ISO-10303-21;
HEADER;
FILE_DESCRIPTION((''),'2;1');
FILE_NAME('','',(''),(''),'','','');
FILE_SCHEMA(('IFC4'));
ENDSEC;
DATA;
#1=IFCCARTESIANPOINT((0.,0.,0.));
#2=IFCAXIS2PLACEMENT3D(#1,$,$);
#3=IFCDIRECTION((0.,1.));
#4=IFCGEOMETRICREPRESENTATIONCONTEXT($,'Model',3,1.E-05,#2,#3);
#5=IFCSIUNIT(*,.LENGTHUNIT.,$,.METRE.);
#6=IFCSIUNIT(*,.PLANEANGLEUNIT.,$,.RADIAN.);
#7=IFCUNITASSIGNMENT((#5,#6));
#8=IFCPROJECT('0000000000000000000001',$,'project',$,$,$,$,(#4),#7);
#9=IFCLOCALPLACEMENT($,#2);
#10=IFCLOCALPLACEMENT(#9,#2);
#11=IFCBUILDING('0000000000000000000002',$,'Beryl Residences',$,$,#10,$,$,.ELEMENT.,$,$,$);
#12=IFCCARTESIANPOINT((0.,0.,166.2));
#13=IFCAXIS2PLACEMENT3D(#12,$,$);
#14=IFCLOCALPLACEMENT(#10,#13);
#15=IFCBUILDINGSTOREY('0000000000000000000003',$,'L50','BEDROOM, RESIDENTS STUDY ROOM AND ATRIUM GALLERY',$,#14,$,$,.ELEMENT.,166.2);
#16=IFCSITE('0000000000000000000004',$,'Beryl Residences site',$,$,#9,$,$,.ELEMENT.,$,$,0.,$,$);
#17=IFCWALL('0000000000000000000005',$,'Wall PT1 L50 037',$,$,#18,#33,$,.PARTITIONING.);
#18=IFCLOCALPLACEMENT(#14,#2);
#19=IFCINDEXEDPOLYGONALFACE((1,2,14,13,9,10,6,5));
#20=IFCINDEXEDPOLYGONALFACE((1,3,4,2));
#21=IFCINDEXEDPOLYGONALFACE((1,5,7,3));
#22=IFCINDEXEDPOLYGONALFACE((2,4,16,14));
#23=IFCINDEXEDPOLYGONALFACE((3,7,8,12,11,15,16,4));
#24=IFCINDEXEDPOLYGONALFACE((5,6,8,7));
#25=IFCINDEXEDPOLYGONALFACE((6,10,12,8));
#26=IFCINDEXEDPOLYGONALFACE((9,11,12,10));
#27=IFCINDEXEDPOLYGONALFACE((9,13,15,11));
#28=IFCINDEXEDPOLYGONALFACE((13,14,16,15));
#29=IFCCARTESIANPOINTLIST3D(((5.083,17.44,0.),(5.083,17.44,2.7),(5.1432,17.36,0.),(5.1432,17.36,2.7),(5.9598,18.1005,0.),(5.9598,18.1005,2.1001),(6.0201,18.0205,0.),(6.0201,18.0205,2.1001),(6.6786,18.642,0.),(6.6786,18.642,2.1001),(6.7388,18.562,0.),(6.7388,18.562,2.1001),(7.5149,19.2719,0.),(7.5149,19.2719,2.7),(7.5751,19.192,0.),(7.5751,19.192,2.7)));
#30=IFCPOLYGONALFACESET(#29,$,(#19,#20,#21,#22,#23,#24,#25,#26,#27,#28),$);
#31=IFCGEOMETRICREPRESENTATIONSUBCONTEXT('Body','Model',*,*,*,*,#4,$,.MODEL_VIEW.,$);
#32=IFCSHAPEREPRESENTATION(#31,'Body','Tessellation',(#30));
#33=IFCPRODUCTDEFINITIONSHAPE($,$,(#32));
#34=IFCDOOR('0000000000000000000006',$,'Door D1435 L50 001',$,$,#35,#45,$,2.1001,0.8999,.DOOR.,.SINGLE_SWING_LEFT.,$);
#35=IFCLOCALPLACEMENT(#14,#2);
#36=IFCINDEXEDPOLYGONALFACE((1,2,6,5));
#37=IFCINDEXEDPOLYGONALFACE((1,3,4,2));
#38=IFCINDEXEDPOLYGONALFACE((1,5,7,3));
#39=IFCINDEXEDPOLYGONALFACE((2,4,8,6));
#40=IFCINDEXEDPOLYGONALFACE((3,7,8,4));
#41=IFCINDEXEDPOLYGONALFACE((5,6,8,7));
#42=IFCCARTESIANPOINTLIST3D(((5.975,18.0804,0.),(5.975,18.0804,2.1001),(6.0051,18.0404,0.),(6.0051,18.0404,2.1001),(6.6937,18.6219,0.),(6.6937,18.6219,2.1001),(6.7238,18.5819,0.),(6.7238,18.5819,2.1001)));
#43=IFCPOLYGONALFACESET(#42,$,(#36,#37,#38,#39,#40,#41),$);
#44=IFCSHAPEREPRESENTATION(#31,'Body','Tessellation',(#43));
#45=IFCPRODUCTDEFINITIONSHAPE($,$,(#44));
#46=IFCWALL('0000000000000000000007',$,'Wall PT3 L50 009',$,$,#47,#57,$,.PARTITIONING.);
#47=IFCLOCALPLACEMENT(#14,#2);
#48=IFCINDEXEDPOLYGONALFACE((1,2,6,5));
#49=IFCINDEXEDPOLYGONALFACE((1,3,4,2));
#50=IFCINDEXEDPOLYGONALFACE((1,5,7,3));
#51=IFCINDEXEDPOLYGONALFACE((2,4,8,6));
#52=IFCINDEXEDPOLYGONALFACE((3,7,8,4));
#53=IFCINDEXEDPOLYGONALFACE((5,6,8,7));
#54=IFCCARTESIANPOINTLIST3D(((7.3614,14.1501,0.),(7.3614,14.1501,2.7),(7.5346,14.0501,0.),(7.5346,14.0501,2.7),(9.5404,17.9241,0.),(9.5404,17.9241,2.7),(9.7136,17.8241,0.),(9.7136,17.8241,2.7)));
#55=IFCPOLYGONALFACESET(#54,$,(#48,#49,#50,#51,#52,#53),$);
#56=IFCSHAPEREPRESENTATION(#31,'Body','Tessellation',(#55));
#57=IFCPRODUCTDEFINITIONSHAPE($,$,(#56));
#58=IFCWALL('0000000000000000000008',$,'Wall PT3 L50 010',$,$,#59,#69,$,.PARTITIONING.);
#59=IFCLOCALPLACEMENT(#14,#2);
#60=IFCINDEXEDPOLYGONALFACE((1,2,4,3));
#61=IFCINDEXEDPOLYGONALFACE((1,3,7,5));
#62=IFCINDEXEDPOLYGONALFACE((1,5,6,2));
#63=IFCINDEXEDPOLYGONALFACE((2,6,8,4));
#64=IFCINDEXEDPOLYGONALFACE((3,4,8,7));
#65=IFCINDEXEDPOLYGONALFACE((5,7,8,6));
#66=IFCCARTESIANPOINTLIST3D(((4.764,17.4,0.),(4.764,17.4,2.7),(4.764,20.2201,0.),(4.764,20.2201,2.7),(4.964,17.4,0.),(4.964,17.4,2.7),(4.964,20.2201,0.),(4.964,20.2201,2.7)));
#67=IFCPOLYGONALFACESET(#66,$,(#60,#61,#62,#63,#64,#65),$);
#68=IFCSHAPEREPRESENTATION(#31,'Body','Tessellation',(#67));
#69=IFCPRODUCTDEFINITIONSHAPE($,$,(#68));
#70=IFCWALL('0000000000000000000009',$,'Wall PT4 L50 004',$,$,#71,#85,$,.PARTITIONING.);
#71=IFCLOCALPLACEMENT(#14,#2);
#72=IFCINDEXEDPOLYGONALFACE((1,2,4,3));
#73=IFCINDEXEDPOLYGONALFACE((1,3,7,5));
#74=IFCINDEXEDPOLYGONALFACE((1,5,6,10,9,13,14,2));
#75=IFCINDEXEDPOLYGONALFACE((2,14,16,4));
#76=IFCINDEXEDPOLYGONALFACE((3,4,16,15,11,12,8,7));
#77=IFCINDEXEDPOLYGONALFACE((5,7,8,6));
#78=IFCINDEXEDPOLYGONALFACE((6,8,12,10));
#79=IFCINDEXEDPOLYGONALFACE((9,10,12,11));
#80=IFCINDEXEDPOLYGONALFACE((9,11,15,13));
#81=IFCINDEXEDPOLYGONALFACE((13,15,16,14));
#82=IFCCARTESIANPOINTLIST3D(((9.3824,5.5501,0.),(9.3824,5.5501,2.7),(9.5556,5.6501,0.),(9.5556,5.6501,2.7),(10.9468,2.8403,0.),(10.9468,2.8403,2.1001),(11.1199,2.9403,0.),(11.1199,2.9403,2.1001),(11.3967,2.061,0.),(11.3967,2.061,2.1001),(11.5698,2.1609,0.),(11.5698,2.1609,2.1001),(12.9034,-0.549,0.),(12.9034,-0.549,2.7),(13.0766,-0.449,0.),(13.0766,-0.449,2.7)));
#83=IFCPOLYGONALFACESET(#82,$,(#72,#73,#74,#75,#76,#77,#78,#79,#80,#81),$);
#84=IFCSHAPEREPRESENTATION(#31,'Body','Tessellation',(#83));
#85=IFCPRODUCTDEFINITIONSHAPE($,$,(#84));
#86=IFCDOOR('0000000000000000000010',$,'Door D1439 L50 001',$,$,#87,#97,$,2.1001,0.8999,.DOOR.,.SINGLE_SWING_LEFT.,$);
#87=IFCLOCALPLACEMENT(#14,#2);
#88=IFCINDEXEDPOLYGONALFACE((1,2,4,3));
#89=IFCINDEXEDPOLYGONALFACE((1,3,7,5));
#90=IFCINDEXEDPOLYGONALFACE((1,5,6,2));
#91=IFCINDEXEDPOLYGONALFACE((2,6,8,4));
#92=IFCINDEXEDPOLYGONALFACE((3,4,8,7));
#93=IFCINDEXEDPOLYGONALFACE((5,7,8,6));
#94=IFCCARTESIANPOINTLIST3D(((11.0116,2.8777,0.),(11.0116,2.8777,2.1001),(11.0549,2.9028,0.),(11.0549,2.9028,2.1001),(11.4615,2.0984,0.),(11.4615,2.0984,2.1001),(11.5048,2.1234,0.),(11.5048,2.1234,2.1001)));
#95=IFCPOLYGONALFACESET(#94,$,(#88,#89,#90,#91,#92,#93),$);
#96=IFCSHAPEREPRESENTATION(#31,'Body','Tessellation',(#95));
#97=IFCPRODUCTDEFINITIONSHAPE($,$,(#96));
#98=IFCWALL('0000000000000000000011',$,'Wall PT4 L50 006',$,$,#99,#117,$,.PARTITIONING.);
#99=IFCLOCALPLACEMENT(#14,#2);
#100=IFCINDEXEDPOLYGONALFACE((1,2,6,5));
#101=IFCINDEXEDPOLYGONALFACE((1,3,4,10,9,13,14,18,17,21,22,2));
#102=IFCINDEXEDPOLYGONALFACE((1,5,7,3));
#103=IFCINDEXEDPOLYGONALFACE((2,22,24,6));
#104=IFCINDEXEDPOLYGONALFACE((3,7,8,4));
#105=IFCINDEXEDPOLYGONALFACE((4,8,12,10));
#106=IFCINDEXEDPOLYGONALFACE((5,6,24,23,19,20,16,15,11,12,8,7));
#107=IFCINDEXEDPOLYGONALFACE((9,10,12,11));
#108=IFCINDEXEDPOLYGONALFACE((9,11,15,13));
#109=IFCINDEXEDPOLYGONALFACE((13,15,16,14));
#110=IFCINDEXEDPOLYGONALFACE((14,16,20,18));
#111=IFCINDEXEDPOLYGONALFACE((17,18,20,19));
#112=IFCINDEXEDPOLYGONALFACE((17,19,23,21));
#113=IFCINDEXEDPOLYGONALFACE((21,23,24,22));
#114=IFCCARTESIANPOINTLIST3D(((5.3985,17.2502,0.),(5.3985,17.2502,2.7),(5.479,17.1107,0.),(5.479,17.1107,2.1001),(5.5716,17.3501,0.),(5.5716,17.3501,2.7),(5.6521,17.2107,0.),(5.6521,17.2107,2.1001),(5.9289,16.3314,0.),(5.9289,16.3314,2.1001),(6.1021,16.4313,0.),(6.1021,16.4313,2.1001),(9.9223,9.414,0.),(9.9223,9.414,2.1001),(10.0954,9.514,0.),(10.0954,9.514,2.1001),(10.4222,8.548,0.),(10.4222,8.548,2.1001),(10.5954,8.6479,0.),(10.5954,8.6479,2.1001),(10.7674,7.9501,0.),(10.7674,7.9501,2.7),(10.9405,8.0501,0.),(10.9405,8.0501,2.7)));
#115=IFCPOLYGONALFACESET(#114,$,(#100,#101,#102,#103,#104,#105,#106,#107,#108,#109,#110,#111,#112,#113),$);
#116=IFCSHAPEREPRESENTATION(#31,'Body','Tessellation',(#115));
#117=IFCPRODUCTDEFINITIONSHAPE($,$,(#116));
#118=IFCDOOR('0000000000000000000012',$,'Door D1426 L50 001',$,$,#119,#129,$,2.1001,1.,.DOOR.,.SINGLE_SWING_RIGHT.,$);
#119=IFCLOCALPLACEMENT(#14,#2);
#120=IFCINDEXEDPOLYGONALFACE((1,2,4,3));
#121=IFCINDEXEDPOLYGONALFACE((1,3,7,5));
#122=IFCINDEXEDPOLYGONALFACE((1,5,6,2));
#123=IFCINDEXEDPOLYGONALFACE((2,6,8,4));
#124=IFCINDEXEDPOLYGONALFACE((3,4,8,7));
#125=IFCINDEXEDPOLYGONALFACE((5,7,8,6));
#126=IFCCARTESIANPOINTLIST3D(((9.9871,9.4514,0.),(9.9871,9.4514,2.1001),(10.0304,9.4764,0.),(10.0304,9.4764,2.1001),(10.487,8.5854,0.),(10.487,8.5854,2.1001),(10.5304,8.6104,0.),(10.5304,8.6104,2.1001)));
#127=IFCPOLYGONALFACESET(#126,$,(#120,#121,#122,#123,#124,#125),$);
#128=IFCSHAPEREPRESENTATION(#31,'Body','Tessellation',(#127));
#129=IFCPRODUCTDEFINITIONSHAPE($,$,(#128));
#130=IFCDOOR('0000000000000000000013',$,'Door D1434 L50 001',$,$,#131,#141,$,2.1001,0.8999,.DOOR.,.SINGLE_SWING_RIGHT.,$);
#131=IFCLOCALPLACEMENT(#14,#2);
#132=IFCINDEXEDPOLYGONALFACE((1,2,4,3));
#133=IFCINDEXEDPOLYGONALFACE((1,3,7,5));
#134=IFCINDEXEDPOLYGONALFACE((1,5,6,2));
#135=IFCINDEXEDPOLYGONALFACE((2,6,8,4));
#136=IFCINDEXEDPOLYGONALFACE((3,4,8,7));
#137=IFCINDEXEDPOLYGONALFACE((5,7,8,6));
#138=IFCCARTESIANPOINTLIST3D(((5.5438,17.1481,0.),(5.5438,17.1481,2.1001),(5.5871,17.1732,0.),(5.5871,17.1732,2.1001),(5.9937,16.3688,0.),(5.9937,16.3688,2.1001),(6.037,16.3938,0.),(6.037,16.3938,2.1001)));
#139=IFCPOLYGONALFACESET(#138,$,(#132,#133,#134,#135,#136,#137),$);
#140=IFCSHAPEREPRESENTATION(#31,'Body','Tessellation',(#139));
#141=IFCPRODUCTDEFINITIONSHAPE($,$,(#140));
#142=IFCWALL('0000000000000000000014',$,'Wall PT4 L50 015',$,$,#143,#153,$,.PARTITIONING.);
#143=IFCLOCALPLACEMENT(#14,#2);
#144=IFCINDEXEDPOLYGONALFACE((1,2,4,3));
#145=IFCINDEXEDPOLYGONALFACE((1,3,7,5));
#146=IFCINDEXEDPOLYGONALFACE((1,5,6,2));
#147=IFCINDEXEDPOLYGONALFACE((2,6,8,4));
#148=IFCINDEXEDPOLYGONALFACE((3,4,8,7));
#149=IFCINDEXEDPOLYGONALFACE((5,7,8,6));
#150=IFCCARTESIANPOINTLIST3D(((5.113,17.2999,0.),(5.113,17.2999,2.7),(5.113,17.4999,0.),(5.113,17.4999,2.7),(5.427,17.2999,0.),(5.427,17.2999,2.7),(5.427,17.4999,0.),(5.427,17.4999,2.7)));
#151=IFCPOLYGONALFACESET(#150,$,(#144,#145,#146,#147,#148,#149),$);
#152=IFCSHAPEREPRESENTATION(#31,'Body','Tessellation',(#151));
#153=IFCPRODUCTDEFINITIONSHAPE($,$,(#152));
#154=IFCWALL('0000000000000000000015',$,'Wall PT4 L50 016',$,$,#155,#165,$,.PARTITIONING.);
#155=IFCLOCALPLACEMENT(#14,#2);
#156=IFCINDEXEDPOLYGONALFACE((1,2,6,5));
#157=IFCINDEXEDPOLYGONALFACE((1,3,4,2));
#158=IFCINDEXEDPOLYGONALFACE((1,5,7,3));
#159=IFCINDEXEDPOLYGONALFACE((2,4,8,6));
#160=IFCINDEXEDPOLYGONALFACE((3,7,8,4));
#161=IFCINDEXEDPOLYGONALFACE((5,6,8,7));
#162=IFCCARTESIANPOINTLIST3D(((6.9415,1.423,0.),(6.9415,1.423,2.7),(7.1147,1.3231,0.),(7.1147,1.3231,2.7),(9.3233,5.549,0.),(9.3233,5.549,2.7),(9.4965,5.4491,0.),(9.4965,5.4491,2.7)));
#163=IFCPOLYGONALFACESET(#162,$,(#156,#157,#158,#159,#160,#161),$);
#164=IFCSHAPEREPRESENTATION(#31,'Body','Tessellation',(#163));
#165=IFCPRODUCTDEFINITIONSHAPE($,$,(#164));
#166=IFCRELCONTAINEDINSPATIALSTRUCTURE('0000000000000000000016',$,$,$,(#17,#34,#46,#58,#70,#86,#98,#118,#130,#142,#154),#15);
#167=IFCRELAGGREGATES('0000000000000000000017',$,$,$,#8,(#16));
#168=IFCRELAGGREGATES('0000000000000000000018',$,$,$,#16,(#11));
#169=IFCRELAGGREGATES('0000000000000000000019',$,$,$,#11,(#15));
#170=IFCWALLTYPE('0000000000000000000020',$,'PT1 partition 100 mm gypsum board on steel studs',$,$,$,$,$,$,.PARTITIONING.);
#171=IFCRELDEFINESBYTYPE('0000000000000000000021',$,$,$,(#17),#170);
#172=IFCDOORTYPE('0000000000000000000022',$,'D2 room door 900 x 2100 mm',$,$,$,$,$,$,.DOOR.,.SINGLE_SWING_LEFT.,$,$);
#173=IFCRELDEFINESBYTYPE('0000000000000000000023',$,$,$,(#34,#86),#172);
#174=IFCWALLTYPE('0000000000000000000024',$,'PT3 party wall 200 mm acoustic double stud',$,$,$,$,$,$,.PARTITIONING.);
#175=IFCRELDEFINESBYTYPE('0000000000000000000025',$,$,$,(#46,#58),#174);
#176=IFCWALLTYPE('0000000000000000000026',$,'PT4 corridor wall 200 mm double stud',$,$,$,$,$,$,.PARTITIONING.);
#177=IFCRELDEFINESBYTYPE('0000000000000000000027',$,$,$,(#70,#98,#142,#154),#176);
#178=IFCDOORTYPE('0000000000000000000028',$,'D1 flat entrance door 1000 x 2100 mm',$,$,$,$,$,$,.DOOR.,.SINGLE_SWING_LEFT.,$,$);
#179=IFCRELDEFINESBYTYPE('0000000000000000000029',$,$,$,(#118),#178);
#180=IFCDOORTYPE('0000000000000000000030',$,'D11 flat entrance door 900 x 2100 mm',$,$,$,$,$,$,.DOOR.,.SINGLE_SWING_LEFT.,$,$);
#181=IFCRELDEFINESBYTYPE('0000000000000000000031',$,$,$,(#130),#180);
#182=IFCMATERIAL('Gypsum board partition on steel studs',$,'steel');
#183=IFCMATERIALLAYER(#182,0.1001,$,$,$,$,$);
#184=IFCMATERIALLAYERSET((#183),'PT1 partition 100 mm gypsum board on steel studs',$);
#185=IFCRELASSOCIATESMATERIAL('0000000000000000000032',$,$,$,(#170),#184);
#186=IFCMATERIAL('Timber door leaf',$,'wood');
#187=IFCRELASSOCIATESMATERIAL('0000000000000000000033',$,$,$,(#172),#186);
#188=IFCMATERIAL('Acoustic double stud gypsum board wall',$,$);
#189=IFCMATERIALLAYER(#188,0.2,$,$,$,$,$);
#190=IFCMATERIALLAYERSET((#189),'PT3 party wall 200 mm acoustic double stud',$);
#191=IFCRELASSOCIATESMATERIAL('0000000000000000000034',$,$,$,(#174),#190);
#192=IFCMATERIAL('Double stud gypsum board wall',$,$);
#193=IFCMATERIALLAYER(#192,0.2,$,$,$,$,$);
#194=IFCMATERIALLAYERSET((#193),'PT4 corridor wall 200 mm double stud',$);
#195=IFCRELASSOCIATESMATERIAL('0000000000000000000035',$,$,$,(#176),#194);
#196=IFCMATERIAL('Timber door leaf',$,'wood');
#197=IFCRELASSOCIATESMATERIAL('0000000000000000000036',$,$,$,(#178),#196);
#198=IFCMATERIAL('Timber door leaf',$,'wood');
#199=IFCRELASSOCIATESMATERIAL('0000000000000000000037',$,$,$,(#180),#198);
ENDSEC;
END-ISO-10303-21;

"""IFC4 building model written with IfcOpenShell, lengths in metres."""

from ifc_helpers import new_model, si_unit, direction, frame, frame_2d, origin, place, context, subcontext, project, spatial, rectangle, extrude, material, layer, layer_set, type_object, element, fill, save


model = new_model("IFC4")

# Units and contexts
model_context = context("Model", 3, precision=1e-05, world=origin(), true_north=direction((0.0, 1.0)))
body_context = subcontext(model_context, "Body", "Model", "MODEL_VIEW")
ifc_project = project(units=[si_unit("LENGTHUNIT", "METRE"), si_unit("PLANEANGLEUNIT", "RADIAN")], contexts=[model_context])

# Site, building, storey
site_placement = place(None, origin())
site = spatial("IfcSite", under=ifc_project, at=site_placement, Name="Beryl Residences site", CompositionType="ELEMENT", RefElevation=0.0)
building_placement = place(site_placement, origin())
building = spatial("IfcBuilding", under=site, at=building_placement, Name="Beryl Residences", CompositionType="ELEMENT")
storey_placement = place(building_placement, frame((0.0, 0.0, 166.2)))
storey = spatial("IfcBuildingStorey", under=building, at=storey_placement, Name="L50", Description="BEDROOM, RESIDENTS STUDY ROOM AND ATRIUM GALLERY", CompositionType="ELEMENT", Elevation=166.2)

# Wall, opening, door
ifc_material_1 = material(Name="Gypsum board partition on steel studs", Category="steel")
ifc_layer_1 = layer(ifc_material_1, 0.1001)
ifc_layer_set_1 = layer_set([ifc_layer_1], Name="PT1 partition 100 mm gypsum board on steel studs")
wall_type_1 = type_object("IfcWallType", Name="PT1 partition 100 mm gypsum board on steel studs", PredefinedType="PARTITIONING", material=ifc_layer_set_1)
ifc_material_2 = material(Name="Timber door leaf", Category="wood")
door_type_1 = type_object("IfcDoorType", Name="D2 room door 900 x 2100 mm", OperationType="SINGLE_SWING_LEFT", PredefinedType="DOOR", material=ifc_material_2)
wall_1_placement = place(storey_placement, frame((5.113, 17.3999, 0.0), z_axis=(0.0, 0.0, 1.0), x_axis=(0.798718, 0.601705, 0.0)))
wall_1 = element("IfcWall", 1, at=wall_1_placement, inside=storey, type_object=wall_type_1, Name="Wall PT1 L50 037", PredefinedType="PARTITIONING", context=body_context, shape_type="SweptSolid", body=[
    extrude(rectangle(XDim=3.0447, YDim=0.1001, at=frame_2d((1.5225, 0.0))), origin(), (0.0, 0.0, 1.0), 2.7),
])
opening_1_placement = place(wall_1_placement, frame((1.0979, 0.0, 0.0)))
opening_1 = element("IfcOpeningElement", 2, at=opening_1_placement, cuts=wall_1, PredefinedType="OPENING", context=body_context, shape_type="SweptSolid", body=[
    extrude(rectangle(XDim=0.8999, YDim=2.1001, at=frame_2d((0.45, 1.05))), frame((0.0, 0.0601, 0.0), z_axis=(0.0, -1.0, 0.0), x_axis=(1.0, 0.0, 0.0)), (0.0, 0.0, 1.0), 0.1201),
])
door_1_placement = place(opening_1_placement, origin())
door_1 = element("IfcDoor", 3, at=door_1_placement, inside=storey, type_object=door_type_1, Name="Door D1435 L50 001", OperationType="SINGLE_SWING_LEFT", OverallHeight=2.1001, OverallWidth=0.8999, PredefinedType="DOOR", context=body_context, shape_type="SweptSolid", body=[
    extrude(rectangle(XDim=0.8999, YDim=2.1001, at=frame_2d((0.45, 1.05))), frame((0.0, 0.0249, 0.0), z_axis=(0.0, -1.0, 0.0), x_axis=(1.0, 0.0, 0.0)), (0.0, 0.0, 1.0), 0.05),
])
fill(opening_1, door_1)

# Walls
ifc_material_3 = material(Name="Acoustic double stud gypsum board wall")
ifc_layer_2 = layer(ifc_material_3, 0.2)
ifc_layer_set_2 = layer_set([ifc_layer_2], Name="PT3 party wall 200 mm acoustic double stud")
wall_type_2 = type_object("IfcWallType", Name="PT3 party wall 200 mm acoustic double stud", PredefinedType="PARTITIONING", material=ifc_layer_set_2)
wall_2_placement = place(storey_placement, frame((7.448, 14.1001, 0.0), z_axis=(0.0, 0.0, 1.0), x_axis=(0.500013, 0.866018, 0.0)))
element("IfcWall", 4, at=wall_2_placement, inside=storey, type_object=wall_type_2, Name="Wall PT3 L50 009", PredefinedType="PARTITIONING", context=body_context, shape_type="SweptSolid", body=[
    extrude(rectangle(XDim=4.3579, YDim=0.2, at=frame_2d((2.179, 0.0))), origin(), (0.0, 0.0, 1.0), 2.7),
])
wall_3_placement = place(storey_placement, frame((4.864, 17.3999, 0.0), z_axis=(0.0, 0.0, 1.0), x_axis=(0.0, 1.0, 0.0)))
element("IfcWall", 5, at=wall_3_placement, inside=storey, type_object=wall_type_2, Name="Wall PT3 L50 010", PredefinedType="PARTITIONING", context=body_context, shape_type="SweptSolid", body=[
    extrude(rectangle(XDim=2.8201, YDim=0.2, at=frame_2d((1.4102, 0.0))), origin(), (0.0, 0.0, 1.0), 2.7),
])

# Wall, opening, door
ifc_material_4 = material(Name="Double stud gypsum board wall")
ifc_layer_3 = layer(ifc_material_4, 0.2)
ifc_layer_set_3 = layer_set([ifc_layer_3], Name="PT4 corridor wall 200 mm double stud")
wall_type_3 = type_object("IfcWallType", Name="PT4 corridor wall 200 mm double stud", PredefinedType="PARTITIONING", material=ifc_layer_set_3)
wall_4_placement = place(storey_placement, frame((9.469, 5.6001, 0.0), z_axis=(0.0, 0.0, 1.0), x_axis=(0.499965, -0.866046, 0.0)))
wall_4 = element("IfcWall", 6, at=wall_4_placement, inside=storey, type_object=wall_type_3, Name="Wall PT4 L50 004", PredefinedType="PARTITIONING", context=body_context, shape_type="SweptSolid", body=[
    extrude(rectangle(XDim=7.0425, YDim=0.2, at=frame_2d((3.5212, 0.0))), origin(), (0.0, 0.0, 1.0), 2.7),
])
opening_2_placement = place(wall_4_placement, frame((3.1289, 0.0, 0.0)))
opening_2 = element("IfcOpeningElement", 7, at=opening_2_placement, cuts=wall_4, PredefinedType="OPENING", context=body_context, shape_type="SweptSolid", body=[
    extrude(rectangle(XDim=0.8999, YDim=2.1001, at=frame_2d((0.45, 1.05))), frame((0.0, 0.1099, 0.0), z_axis=(0.0, -1.0, 0.0), x_axis=(1.0, 0.0, 0.0)), (0.0, 0.0, 1.0), 0.22),
])
door_2_placement = place(opening_2_placement, origin())
door_2 = element("IfcDoor", 8, at=door_2_placement, inside=storey, type_object=door_type_1, Name="Door D1439 L50 001", OperationType="SINGLE_SWING_LEFT", OverallHeight=2.1001, OverallWidth=0.8999, PredefinedType="DOOR", context=body_context, shape_type="SweptSolid", body=[
    extrude(rectangle(XDim=0.8999, YDim=2.1001, at=frame_2d((0.45, 1.05))), frame((0.0, 0.0249, 0.0), z_axis=(0.0, -1.0, 0.0), x_axis=(1.0, 0.0, 0.0)), (0.0, 0.0, 1.0), 0.05),
])
fill(opening_2, door_2)

# Wall, openings, doors
wall_5_placement = place(storey_placement, frame((5.4851, 17.3, 0.0), z_axis=(0.0, 0.0, 1.0), x_axis=(0.499966, -0.866045, 0.0)))
wall_5 = element("IfcWall", 9, at=wall_5_placement, inside=storey, type_object=wall_type_3, Name="Wall PT4 L50 006", PredefinedType="PARTITIONING", context=body_context, shape_type="SweptSolid", body=[
    extrude(rectangle(XDim=10.7385, YDim=0.2, at=frame_2d((5.3691, 0.0))), origin(), (0.0, 0.0, 1.0), 2.7),
])
opening_3_placement = place(wall_5_placement, frame((9.0481, 0.0, 0.0)))
opening_3 = element("IfcOpeningElement", 10, at=opening_3_placement, cuts=wall_5, PredefinedType="OPENING", context=body_context, shape_type="SweptSolid", body=[
    extrude(rectangle(XDim=1.0, YDim=2.1001, at=frame_2d((0.5, 1.05))), frame((0.0, 0.1099, 0.0), z_axis=(0.0, -1.0, 0.0), x_axis=(1.0, 0.0, 0.0)), (0.0, 0.0, 1.0), 0.22),
])
opening_4_placement = place(wall_5_placement, frame((0.1609, 0.0, 0.0)))
opening_4 = element("IfcOpeningElement", 11, at=opening_4_placement, cuts=wall_5, PredefinedType="OPENING", context=body_context, shape_type="SweptSolid", body=[
    extrude(rectangle(XDim=0.8999, YDim=2.1001, at=frame_2d((0.45, 1.05))), frame((0.0, 0.1099, 0.0), z_axis=(0.0, -1.0, 0.0), x_axis=(1.0, 0.0, 0.0)), (0.0, 0.0, 1.0), 0.22),
])
ifc_material_5 = material(Name="Timber door leaf", Category="wood")
door_type_2 = type_object("IfcDoorType", Name="D1 flat entrance door 1000 x 2100 mm", OperationType="SINGLE_SWING_LEFT", PredefinedType="DOOR", material=ifc_material_5)
door_3_placement = place(opening_3_placement, origin())
door_3 = element("IfcDoor", 12, at=door_3_placement, inside=storey, type_object=door_type_2, Name="Door D1426 L50 001", OperationType="SINGLE_SWING_RIGHT", OverallHeight=2.1001, OverallWidth=1.0, PredefinedType="DOOR", context=body_context, shape_type="SweptSolid", body=[
    extrude(rectangle(XDim=1.0, YDim=2.1001, at=frame_2d((0.5, 1.05))), frame((0.0, 0.0249, 0.0), z_axis=(0.0, -1.0, 0.0), x_axis=(1.0, 0.0, 0.0)), (0.0, 0.0, 1.0), 0.05),
])
fill(opening_3, door_3)
ifc_material_6 = material(Name="Timber door leaf", Category="wood")
door_type_3 = type_object("IfcDoorType", Name="D11 flat entrance door 900 x 2100 mm", OperationType="SINGLE_SWING_LEFT", PredefinedType="DOOR", material=ifc_material_6)
door_4_placement = place(opening_4_placement, origin())
door_4 = element("IfcDoor", 13, at=door_4_placement, inside=storey, type_object=door_type_3, Name="Door D1434 L50 001", OperationType="SINGLE_SWING_RIGHT", OverallHeight=2.1001, OverallWidth=0.8999, PredefinedType="DOOR", context=body_context, shape_type="SweptSolid", body=[
    extrude(rectangle(XDim=0.8999, YDim=2.1001, at=frame_2d((0.45, 1.05))), frame((0.0, 0.0249, 0.0), z_axis=(0.0, -1.0, 0.0), x_axis=(1.0, 0.0, 0.0)), (0.0, 0.0, 1.0), 0.05),
])
fill(opening_4, door_4)

# Walls
wall_6_placement = place(storey_placement, frame((5.113, 17.3999, 0.0), z_axis=(0.0, 0.0, 1.0), x_axis=(1.0, 0.0, 0.0)))
element("IfcWall", 14, at=wall_6_placement, inside=storey, type_object=wall_type_3, Name="Wall PT4 L50 015", PredefinedType="PARTITIONING", context=body_context, shape_type="SweptSolid", body=[
    extrude(rectangle(XDim=0.314, YDim=0.2, at=frame_2d((0.157, 0.0))), origin(), (0.0, 0.0, 1.0), 2.7),
])
wall_7_placement = place(storey_placement, frame((7.0281, 1.373, 0.0), z_axis=(0.0, 0.0, 1.0), x_axis=(0.499953, 0.866052, 0.0)))
element("IfcWall", 15, at=wall_7_placement, inside=storey, type_object=wall_type_3, Name="Wall PT4 L50 016", PredefinedType="PARTITIONING", context=body_context, shape_type="SweptSolid", body=[
    extrude(rectangle(XDim=4.7642, YDim=0.2, at=frame_2d((2.3821, 0.0))), origin(), (0.0, 0.0, 1.0), 2.7),
])

save(model, "model.ifc")
